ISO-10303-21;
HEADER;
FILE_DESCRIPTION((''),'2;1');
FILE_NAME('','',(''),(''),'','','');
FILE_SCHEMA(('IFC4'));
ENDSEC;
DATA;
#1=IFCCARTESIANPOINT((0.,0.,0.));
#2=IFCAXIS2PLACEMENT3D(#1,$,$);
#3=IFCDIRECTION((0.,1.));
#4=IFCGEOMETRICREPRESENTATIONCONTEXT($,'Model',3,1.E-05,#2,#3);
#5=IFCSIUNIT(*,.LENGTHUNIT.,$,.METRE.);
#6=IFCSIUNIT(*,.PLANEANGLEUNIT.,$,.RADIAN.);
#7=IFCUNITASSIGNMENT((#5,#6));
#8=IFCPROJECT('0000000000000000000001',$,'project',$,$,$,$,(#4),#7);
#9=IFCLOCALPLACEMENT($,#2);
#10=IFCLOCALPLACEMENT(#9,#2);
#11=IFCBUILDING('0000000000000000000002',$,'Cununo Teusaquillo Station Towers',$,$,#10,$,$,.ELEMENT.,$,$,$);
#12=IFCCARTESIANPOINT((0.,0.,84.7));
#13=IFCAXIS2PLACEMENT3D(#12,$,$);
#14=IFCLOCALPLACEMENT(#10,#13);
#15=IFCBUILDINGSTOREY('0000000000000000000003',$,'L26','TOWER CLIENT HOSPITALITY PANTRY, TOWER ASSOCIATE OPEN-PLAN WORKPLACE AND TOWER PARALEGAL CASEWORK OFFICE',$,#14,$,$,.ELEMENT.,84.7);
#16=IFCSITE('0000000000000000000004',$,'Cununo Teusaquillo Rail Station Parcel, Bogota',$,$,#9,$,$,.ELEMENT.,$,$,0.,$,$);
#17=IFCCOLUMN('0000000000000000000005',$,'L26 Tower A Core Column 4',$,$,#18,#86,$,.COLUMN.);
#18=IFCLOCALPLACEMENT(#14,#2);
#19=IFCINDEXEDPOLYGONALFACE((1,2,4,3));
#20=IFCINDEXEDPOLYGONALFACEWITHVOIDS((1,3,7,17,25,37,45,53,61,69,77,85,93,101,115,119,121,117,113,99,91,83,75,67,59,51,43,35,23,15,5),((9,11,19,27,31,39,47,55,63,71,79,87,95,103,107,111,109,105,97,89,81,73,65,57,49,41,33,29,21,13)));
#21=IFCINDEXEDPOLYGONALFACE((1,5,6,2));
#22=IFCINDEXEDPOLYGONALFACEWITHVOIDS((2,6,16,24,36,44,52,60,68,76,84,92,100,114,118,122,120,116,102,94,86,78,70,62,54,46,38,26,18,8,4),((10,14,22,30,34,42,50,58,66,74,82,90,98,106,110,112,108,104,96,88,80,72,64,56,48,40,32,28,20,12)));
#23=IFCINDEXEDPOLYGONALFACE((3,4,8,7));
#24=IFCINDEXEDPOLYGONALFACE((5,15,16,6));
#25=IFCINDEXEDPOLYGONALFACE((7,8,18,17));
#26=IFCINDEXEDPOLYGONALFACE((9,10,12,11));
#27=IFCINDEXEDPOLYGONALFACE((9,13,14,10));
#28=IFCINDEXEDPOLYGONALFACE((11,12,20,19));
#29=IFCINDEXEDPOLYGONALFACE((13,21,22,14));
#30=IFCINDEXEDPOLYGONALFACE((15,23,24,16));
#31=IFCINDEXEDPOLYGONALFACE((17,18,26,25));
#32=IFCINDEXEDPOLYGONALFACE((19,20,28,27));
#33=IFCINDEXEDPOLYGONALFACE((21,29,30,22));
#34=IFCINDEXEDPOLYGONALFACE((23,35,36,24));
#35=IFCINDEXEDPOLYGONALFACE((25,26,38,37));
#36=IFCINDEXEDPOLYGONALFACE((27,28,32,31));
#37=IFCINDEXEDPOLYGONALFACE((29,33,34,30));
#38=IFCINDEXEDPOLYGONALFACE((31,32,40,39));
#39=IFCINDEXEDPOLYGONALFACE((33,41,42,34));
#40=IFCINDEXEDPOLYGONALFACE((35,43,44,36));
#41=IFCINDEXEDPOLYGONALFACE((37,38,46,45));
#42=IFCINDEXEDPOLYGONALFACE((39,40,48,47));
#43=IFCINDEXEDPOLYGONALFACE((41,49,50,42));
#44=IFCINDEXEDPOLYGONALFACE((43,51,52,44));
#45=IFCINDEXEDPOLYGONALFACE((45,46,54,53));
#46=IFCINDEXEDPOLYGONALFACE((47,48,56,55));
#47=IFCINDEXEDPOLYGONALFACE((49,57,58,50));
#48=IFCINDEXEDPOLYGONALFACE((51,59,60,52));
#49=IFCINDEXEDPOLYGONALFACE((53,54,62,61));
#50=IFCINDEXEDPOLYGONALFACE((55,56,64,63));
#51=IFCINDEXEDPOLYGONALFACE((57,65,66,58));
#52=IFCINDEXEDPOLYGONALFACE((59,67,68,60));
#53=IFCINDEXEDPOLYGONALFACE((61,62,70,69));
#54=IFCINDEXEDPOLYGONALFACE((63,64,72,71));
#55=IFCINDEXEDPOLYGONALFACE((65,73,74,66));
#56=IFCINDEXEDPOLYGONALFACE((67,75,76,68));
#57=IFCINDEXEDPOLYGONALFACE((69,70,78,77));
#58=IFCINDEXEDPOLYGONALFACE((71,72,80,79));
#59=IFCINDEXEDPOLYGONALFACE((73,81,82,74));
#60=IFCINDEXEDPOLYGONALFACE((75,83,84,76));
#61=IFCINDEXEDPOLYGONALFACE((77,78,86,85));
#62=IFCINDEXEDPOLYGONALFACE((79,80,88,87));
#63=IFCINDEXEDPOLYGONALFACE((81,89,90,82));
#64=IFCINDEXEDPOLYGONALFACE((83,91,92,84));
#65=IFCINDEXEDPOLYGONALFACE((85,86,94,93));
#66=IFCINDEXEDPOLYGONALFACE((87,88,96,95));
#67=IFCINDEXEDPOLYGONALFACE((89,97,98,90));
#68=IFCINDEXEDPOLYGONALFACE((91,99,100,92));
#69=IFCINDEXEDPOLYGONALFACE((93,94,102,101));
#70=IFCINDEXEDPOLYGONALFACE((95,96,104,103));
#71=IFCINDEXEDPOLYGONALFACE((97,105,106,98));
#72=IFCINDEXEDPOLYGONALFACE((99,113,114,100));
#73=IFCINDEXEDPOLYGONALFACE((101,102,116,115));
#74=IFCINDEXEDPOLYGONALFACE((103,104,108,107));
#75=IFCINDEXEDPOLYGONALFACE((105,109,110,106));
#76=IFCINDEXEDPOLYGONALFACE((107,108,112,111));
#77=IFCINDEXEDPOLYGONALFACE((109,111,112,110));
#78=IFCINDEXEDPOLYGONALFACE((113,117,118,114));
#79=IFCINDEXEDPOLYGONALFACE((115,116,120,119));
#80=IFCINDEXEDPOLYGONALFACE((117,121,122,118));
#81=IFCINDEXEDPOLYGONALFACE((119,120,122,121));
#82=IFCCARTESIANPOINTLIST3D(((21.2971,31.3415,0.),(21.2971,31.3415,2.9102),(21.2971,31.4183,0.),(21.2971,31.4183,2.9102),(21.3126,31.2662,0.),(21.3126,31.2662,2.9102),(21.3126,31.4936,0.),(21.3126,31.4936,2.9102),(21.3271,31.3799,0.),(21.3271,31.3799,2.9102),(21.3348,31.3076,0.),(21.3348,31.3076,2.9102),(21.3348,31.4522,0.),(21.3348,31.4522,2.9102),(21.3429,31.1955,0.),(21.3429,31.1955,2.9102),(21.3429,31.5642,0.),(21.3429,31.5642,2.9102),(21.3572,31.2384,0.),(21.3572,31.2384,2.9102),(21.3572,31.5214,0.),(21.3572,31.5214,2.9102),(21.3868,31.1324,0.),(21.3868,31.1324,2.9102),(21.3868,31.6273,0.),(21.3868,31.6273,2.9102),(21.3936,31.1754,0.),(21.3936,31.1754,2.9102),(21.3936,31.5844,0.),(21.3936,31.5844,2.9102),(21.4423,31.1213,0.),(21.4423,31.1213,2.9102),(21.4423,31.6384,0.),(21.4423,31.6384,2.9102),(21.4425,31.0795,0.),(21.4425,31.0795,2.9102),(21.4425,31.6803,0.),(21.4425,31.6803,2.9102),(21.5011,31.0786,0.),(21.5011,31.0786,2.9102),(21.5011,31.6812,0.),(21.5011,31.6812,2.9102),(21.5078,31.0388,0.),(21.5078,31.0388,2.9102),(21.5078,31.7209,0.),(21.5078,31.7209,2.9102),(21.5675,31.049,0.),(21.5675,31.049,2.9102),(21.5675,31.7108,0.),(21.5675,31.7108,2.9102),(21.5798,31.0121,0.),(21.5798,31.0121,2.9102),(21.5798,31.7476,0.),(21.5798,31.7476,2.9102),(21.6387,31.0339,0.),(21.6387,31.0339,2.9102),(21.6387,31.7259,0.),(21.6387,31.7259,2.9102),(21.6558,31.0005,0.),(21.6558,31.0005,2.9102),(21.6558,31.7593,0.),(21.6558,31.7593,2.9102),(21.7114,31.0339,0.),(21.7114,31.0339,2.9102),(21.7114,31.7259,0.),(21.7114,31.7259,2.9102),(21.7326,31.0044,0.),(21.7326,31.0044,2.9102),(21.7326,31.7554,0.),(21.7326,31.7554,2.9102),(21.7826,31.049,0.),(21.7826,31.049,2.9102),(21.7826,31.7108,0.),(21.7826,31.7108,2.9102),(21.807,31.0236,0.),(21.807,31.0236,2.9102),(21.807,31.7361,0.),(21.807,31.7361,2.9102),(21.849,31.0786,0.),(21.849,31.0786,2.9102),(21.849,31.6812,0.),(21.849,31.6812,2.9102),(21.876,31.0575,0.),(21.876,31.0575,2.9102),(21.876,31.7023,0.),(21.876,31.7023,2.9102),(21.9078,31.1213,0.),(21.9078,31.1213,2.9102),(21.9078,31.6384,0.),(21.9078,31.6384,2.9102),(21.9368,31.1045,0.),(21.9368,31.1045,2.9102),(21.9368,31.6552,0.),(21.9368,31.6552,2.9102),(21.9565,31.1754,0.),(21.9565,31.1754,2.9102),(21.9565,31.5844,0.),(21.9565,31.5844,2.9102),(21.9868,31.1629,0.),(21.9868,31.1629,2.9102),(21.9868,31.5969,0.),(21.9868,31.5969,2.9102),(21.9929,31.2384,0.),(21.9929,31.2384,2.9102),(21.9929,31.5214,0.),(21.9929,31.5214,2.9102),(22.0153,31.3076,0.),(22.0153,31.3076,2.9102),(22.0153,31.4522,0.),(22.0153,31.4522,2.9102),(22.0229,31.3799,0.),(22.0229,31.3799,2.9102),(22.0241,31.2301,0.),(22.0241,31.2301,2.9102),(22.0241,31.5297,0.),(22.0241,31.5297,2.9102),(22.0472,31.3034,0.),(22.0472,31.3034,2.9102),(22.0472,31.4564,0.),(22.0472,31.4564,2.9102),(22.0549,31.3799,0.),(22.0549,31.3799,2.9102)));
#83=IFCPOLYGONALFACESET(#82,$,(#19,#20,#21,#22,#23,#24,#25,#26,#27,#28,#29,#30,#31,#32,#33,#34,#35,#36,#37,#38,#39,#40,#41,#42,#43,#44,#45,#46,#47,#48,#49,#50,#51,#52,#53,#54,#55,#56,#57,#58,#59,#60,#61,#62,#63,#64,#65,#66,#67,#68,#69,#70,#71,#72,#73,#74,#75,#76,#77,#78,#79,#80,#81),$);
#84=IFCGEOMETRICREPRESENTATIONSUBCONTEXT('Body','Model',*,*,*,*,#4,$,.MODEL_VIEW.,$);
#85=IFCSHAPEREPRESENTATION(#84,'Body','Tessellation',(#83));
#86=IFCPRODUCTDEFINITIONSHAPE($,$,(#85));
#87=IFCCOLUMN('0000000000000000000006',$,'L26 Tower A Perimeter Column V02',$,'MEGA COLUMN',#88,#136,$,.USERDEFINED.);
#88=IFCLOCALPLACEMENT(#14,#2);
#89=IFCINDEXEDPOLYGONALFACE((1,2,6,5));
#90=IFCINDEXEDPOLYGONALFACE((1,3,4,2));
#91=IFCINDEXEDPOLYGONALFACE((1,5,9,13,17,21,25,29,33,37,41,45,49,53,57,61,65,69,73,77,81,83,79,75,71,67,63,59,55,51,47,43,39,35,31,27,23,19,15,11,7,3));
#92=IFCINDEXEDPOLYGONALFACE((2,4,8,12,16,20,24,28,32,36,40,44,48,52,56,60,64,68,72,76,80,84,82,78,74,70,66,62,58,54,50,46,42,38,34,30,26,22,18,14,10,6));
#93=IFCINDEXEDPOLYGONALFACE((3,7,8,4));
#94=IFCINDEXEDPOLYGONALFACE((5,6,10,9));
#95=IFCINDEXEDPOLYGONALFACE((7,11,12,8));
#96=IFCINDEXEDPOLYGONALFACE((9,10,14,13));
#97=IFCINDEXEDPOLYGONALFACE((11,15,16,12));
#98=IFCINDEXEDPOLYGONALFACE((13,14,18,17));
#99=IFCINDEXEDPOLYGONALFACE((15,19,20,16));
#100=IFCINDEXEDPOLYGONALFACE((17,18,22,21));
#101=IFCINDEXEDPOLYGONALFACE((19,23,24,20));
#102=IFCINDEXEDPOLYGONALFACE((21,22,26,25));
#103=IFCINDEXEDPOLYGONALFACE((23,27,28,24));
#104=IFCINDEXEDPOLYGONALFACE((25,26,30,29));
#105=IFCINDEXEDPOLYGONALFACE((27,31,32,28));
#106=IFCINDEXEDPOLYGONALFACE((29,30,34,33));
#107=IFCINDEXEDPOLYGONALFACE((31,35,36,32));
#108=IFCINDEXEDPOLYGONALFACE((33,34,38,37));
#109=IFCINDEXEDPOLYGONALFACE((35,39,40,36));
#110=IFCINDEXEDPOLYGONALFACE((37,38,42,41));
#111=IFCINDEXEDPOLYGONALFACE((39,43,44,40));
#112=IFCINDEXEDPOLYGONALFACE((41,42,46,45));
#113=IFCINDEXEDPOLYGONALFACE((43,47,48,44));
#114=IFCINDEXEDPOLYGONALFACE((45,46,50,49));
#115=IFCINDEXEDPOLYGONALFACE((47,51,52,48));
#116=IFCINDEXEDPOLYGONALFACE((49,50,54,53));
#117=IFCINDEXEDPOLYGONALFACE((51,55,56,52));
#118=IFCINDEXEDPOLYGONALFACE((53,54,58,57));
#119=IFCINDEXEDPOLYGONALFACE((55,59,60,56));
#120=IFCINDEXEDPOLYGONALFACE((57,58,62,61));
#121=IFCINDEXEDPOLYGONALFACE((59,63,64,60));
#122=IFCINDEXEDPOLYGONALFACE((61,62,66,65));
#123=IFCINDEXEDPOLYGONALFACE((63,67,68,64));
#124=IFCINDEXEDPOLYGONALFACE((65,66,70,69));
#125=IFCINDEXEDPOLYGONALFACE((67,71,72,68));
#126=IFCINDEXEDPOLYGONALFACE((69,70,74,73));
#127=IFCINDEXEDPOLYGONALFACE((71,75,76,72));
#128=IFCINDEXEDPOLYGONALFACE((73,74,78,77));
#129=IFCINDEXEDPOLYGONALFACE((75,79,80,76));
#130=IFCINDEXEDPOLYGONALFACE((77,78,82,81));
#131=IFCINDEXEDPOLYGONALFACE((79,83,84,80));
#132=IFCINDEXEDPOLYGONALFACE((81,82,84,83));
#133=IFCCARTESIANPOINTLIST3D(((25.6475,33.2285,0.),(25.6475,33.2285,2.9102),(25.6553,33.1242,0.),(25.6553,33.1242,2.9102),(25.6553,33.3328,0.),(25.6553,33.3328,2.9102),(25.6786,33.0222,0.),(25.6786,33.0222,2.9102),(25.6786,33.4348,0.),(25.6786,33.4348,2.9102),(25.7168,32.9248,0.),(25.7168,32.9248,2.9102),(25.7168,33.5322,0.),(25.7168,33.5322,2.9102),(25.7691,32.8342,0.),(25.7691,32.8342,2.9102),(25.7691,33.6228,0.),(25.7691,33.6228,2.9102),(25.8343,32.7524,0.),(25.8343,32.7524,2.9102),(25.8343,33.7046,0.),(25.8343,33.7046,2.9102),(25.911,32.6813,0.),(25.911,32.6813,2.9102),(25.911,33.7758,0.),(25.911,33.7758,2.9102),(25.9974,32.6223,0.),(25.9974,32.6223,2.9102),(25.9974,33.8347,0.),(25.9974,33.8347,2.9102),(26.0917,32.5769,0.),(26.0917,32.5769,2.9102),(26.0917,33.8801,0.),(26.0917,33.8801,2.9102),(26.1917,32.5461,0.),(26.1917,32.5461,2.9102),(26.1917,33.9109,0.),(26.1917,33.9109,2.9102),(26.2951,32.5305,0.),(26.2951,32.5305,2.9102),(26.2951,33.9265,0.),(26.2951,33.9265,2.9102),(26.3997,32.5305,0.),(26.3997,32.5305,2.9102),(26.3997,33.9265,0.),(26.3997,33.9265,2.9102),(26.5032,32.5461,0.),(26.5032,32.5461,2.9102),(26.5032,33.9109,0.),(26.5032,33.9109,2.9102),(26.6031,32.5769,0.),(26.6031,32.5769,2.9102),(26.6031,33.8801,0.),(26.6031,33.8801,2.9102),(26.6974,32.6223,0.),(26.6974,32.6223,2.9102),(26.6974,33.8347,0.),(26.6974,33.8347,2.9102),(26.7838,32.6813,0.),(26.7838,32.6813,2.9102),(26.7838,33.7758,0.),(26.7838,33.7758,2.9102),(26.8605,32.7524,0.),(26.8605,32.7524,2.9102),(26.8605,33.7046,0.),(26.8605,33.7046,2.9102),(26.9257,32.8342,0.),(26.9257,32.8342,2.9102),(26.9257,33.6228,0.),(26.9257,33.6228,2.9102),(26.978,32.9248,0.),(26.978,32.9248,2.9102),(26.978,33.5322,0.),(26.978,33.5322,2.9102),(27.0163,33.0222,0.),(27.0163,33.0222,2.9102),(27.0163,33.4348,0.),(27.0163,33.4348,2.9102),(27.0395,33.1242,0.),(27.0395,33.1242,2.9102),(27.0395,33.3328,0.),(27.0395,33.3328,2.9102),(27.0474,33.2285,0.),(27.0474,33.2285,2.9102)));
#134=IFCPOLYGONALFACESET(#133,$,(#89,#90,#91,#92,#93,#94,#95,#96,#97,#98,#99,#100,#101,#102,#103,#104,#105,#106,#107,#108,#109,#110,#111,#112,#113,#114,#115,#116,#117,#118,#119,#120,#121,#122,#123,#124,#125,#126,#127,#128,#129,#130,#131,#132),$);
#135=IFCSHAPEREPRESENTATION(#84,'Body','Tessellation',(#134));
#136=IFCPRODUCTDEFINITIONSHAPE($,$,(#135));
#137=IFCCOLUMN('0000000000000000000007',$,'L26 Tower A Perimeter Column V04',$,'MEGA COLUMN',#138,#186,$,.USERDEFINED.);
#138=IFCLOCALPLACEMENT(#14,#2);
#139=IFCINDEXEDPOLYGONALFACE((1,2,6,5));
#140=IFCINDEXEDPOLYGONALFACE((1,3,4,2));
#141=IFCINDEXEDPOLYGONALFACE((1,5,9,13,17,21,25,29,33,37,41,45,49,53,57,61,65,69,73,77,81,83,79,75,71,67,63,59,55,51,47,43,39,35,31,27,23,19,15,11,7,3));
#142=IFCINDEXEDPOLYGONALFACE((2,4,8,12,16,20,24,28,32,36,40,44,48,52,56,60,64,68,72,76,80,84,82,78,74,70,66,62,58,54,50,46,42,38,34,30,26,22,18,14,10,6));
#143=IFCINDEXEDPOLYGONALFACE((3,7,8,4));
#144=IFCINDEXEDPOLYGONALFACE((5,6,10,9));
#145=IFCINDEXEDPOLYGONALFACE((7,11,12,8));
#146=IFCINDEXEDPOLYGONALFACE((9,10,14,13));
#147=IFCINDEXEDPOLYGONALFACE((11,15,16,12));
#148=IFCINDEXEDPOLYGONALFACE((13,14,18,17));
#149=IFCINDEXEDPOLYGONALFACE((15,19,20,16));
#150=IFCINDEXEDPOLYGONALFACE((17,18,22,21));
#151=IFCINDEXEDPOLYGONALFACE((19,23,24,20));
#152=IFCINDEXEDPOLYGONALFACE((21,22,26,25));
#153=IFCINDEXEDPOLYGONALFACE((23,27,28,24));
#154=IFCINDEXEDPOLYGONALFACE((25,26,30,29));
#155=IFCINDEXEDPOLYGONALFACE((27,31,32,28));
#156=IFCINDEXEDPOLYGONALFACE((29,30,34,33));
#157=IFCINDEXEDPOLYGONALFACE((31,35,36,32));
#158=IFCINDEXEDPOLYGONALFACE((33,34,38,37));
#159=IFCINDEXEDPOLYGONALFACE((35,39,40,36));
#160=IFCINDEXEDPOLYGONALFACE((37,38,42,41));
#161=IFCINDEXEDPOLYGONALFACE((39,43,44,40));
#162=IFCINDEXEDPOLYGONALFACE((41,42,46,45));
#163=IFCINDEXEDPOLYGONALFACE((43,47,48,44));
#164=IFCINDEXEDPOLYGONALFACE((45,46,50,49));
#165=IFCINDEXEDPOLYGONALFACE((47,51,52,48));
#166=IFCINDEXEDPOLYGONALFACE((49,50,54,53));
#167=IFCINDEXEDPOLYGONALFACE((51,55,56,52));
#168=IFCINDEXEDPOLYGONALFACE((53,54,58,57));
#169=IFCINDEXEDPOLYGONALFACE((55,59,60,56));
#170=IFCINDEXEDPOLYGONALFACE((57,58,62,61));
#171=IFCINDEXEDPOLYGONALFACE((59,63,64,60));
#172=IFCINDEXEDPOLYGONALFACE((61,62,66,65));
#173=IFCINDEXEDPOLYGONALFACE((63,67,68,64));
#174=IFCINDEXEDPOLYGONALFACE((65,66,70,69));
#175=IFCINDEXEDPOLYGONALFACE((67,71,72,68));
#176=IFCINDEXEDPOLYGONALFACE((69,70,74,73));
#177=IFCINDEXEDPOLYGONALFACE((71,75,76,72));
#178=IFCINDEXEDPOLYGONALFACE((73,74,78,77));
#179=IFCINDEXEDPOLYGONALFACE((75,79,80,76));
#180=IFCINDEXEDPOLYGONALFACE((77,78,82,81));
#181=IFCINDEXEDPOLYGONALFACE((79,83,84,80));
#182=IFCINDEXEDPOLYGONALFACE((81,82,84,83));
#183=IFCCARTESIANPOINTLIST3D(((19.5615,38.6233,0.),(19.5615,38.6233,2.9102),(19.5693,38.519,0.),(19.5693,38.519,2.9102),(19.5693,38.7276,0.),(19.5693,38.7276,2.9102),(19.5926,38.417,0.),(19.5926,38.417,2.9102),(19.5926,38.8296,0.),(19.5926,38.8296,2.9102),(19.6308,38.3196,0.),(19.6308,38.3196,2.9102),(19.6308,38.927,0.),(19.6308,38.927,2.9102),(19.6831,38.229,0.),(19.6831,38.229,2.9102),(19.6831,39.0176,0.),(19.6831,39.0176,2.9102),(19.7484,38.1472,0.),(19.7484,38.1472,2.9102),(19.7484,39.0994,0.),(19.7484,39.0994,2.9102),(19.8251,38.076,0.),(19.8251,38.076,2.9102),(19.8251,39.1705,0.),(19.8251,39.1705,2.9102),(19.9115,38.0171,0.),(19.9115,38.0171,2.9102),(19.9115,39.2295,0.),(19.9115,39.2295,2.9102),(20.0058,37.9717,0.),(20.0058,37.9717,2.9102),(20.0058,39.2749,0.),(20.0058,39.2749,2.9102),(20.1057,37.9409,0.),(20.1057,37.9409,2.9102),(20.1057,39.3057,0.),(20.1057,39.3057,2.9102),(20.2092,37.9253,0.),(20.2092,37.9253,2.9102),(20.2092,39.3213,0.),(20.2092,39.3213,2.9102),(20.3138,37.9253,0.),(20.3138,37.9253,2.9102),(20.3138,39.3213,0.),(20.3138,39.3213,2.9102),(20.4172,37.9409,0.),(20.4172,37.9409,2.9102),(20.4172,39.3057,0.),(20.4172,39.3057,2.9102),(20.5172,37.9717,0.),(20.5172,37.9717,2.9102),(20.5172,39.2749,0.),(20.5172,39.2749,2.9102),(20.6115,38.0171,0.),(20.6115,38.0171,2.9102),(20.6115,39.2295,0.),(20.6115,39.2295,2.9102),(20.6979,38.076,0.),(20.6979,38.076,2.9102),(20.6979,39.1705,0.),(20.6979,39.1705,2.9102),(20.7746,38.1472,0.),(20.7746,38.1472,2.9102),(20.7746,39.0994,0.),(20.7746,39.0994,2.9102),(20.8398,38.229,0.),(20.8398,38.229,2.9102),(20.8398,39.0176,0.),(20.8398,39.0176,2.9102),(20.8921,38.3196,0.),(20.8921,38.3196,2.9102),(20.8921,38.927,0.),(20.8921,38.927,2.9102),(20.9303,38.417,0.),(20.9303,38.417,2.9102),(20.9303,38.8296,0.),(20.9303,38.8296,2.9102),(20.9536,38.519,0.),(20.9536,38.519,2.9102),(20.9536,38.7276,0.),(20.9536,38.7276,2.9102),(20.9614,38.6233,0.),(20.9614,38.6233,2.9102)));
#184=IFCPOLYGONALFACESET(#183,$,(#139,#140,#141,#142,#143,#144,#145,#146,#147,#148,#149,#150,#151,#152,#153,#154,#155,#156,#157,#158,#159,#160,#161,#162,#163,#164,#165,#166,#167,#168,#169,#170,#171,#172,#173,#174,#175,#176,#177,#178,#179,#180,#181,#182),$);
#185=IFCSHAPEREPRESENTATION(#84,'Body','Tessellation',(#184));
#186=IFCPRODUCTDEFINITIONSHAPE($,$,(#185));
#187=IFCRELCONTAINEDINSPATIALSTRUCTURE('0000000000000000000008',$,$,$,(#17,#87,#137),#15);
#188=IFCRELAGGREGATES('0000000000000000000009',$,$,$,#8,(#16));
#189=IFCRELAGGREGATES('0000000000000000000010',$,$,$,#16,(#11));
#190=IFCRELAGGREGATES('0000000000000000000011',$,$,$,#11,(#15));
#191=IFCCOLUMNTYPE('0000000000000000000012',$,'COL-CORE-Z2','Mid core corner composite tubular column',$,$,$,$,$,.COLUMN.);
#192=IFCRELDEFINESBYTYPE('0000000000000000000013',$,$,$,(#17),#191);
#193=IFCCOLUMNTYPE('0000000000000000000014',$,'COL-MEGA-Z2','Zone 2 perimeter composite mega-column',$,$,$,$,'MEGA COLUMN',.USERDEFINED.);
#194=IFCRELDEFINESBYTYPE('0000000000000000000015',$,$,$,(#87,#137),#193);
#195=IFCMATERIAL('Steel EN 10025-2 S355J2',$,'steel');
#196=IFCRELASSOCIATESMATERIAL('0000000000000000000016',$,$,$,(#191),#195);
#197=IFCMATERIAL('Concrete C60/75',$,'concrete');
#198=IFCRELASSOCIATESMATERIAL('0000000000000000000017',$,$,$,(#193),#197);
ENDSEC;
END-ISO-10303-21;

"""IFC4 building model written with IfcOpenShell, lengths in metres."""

from ifc_helpers import new_model, si_unit, direction, frame, origin, origin_2d, place, context, subcontext, project, spatial, circle, hollow_circle, extrude, material, material_profile, profile_set, type_object, element, save


model = new_model("IFC4")

# Units and contexts
model_context = context("Model", 3, precision=1e-05, world=origin(), true_north=direction((0.0, 1.0)))
body_context = subcontext(model_context, "Body", "Model", "MODEL_VIEW")
ifc_project = project(units=[si_unit("LENGTHUNIT", "METRE"), si_unit("PLANEANGLEUNIT", "RADIAN")], contexts=[model_context])

# Site, building, storey
site_placement = place(None, origin())
site = spatial("IfcSite", under=ifc_project, at=site_placement, Name="Cununo Teusaquillo Rail Station Parcel, Bogota", CompositionType="ELEMENT", RefElevation=0.0)
building_placement = place(site_placement, origin())
building = spatial("IfcBuilding", under=site, at=building_placement, Name="Cununo Teusaquillo Station Towers", CompositionType="ELEMENT")
storey_placement = place(building_placement, frame((0.0, 0.0, 84.7)))
storey = spatial("IfcBuildingStorey", under=building, at=storey_placement, Name="L26", Description="TOWER CLIENT HOSPITALITY PANTRY, TOWER ASSOCIATE OPEN-PLAN WORKPLACE AND TOWER PARALEGAL CASEWORK OFFICE", CompositionType="ELEMENT", Elevation=84.7)

# Columns
ifc_material_1 = material(Name="Steel EN 10025-2 S355J2", Category="steel")
ifc_material_profile_1 = material_profile(ifc_material_1, hollow_circle(Radius=0.3799, WallThickness=0.032, at=origin_2d()), Name="CHS 760x32")
ifc_profile_set_1 = profile_set([ifc_material_profile_1], Name="Steel EN 10025-2 S355J2")
column_type_1 = type_object("IfcColumnType", Name="COL-CORE-Z2", Description="Mid core corner composite tubular column", PredefinedType="COLUMN", material=ifc_profile_set_1)
column_placement = place(storey_placement, frame((21.675, 31.3799, 0.0), z_axis=(0.0, 0.0, 1.0), x_axis=(1.0, 0.0, 0.0)))
element("IfcColumn", 1, at=column_placement, inside=storey, type_object=column_type_1, Name="L26 Tower A Core Column 4", PredefinedType="COLUMN", context=body_context, shape_type="SweptSolid", body=[
    extrude(hollow_circle(Radius=0.3799, WallThickness=0.032, at=origin_2d()), origin(), (0.0, 0.0, 1.0), 2.9102),
])
ifc_material_2 = material(Name="Concrete C60/75", Category="concrete")
ifc_material_profile_2 = material_profile(ifc_material_2, circle(Radius=0.7, at=origin_2d()), Name="RC-CIRC-1400")
ifc_profile_set_2 = profile_set([ifc_material_profile_2], Name="Concrete C60/75")
column_type_2 = type_object("IfcColumnType", Name="COL-MEGA-Z2", Description="Zone 2 perimeter composite mega-column", ElementType="MEGA COLUMN", PredefinedType="USERDEFINED", material=ifc_profile_set_2)
for number, where, z_axis, x_axis, name in (
    (2, (26.3474, 33.2285, 0.0), (0.0, 0.0, 1.0), (1.0, 0.0, 0.0), "L26 Tower A Perimeter Column V02"),
    (3, (20.2615, 38.6233, 0.0), (0.0, 0.0, 1.0), (1.0, 0.0, 0.0), "L26 Tower A Perimeter Column V04"),
):
    element("IfcColumn", number, at=place(storey_placement, frame(where, z_axis=z_axis, x_axis=x_axis)), inside=storey, type_object=column_type_2, Name=name, ObjectType="MEGA COLUMN", PredefinedType="USERDEFINED", context=body_context, shape_type="SweptSolid", body=[
        extrude(circle(Radius=0.7, at=origin_2d()), origin(), (0.0, 0.0, 1.0), 2.9102),
    ])

save(model, "model.ifc")
